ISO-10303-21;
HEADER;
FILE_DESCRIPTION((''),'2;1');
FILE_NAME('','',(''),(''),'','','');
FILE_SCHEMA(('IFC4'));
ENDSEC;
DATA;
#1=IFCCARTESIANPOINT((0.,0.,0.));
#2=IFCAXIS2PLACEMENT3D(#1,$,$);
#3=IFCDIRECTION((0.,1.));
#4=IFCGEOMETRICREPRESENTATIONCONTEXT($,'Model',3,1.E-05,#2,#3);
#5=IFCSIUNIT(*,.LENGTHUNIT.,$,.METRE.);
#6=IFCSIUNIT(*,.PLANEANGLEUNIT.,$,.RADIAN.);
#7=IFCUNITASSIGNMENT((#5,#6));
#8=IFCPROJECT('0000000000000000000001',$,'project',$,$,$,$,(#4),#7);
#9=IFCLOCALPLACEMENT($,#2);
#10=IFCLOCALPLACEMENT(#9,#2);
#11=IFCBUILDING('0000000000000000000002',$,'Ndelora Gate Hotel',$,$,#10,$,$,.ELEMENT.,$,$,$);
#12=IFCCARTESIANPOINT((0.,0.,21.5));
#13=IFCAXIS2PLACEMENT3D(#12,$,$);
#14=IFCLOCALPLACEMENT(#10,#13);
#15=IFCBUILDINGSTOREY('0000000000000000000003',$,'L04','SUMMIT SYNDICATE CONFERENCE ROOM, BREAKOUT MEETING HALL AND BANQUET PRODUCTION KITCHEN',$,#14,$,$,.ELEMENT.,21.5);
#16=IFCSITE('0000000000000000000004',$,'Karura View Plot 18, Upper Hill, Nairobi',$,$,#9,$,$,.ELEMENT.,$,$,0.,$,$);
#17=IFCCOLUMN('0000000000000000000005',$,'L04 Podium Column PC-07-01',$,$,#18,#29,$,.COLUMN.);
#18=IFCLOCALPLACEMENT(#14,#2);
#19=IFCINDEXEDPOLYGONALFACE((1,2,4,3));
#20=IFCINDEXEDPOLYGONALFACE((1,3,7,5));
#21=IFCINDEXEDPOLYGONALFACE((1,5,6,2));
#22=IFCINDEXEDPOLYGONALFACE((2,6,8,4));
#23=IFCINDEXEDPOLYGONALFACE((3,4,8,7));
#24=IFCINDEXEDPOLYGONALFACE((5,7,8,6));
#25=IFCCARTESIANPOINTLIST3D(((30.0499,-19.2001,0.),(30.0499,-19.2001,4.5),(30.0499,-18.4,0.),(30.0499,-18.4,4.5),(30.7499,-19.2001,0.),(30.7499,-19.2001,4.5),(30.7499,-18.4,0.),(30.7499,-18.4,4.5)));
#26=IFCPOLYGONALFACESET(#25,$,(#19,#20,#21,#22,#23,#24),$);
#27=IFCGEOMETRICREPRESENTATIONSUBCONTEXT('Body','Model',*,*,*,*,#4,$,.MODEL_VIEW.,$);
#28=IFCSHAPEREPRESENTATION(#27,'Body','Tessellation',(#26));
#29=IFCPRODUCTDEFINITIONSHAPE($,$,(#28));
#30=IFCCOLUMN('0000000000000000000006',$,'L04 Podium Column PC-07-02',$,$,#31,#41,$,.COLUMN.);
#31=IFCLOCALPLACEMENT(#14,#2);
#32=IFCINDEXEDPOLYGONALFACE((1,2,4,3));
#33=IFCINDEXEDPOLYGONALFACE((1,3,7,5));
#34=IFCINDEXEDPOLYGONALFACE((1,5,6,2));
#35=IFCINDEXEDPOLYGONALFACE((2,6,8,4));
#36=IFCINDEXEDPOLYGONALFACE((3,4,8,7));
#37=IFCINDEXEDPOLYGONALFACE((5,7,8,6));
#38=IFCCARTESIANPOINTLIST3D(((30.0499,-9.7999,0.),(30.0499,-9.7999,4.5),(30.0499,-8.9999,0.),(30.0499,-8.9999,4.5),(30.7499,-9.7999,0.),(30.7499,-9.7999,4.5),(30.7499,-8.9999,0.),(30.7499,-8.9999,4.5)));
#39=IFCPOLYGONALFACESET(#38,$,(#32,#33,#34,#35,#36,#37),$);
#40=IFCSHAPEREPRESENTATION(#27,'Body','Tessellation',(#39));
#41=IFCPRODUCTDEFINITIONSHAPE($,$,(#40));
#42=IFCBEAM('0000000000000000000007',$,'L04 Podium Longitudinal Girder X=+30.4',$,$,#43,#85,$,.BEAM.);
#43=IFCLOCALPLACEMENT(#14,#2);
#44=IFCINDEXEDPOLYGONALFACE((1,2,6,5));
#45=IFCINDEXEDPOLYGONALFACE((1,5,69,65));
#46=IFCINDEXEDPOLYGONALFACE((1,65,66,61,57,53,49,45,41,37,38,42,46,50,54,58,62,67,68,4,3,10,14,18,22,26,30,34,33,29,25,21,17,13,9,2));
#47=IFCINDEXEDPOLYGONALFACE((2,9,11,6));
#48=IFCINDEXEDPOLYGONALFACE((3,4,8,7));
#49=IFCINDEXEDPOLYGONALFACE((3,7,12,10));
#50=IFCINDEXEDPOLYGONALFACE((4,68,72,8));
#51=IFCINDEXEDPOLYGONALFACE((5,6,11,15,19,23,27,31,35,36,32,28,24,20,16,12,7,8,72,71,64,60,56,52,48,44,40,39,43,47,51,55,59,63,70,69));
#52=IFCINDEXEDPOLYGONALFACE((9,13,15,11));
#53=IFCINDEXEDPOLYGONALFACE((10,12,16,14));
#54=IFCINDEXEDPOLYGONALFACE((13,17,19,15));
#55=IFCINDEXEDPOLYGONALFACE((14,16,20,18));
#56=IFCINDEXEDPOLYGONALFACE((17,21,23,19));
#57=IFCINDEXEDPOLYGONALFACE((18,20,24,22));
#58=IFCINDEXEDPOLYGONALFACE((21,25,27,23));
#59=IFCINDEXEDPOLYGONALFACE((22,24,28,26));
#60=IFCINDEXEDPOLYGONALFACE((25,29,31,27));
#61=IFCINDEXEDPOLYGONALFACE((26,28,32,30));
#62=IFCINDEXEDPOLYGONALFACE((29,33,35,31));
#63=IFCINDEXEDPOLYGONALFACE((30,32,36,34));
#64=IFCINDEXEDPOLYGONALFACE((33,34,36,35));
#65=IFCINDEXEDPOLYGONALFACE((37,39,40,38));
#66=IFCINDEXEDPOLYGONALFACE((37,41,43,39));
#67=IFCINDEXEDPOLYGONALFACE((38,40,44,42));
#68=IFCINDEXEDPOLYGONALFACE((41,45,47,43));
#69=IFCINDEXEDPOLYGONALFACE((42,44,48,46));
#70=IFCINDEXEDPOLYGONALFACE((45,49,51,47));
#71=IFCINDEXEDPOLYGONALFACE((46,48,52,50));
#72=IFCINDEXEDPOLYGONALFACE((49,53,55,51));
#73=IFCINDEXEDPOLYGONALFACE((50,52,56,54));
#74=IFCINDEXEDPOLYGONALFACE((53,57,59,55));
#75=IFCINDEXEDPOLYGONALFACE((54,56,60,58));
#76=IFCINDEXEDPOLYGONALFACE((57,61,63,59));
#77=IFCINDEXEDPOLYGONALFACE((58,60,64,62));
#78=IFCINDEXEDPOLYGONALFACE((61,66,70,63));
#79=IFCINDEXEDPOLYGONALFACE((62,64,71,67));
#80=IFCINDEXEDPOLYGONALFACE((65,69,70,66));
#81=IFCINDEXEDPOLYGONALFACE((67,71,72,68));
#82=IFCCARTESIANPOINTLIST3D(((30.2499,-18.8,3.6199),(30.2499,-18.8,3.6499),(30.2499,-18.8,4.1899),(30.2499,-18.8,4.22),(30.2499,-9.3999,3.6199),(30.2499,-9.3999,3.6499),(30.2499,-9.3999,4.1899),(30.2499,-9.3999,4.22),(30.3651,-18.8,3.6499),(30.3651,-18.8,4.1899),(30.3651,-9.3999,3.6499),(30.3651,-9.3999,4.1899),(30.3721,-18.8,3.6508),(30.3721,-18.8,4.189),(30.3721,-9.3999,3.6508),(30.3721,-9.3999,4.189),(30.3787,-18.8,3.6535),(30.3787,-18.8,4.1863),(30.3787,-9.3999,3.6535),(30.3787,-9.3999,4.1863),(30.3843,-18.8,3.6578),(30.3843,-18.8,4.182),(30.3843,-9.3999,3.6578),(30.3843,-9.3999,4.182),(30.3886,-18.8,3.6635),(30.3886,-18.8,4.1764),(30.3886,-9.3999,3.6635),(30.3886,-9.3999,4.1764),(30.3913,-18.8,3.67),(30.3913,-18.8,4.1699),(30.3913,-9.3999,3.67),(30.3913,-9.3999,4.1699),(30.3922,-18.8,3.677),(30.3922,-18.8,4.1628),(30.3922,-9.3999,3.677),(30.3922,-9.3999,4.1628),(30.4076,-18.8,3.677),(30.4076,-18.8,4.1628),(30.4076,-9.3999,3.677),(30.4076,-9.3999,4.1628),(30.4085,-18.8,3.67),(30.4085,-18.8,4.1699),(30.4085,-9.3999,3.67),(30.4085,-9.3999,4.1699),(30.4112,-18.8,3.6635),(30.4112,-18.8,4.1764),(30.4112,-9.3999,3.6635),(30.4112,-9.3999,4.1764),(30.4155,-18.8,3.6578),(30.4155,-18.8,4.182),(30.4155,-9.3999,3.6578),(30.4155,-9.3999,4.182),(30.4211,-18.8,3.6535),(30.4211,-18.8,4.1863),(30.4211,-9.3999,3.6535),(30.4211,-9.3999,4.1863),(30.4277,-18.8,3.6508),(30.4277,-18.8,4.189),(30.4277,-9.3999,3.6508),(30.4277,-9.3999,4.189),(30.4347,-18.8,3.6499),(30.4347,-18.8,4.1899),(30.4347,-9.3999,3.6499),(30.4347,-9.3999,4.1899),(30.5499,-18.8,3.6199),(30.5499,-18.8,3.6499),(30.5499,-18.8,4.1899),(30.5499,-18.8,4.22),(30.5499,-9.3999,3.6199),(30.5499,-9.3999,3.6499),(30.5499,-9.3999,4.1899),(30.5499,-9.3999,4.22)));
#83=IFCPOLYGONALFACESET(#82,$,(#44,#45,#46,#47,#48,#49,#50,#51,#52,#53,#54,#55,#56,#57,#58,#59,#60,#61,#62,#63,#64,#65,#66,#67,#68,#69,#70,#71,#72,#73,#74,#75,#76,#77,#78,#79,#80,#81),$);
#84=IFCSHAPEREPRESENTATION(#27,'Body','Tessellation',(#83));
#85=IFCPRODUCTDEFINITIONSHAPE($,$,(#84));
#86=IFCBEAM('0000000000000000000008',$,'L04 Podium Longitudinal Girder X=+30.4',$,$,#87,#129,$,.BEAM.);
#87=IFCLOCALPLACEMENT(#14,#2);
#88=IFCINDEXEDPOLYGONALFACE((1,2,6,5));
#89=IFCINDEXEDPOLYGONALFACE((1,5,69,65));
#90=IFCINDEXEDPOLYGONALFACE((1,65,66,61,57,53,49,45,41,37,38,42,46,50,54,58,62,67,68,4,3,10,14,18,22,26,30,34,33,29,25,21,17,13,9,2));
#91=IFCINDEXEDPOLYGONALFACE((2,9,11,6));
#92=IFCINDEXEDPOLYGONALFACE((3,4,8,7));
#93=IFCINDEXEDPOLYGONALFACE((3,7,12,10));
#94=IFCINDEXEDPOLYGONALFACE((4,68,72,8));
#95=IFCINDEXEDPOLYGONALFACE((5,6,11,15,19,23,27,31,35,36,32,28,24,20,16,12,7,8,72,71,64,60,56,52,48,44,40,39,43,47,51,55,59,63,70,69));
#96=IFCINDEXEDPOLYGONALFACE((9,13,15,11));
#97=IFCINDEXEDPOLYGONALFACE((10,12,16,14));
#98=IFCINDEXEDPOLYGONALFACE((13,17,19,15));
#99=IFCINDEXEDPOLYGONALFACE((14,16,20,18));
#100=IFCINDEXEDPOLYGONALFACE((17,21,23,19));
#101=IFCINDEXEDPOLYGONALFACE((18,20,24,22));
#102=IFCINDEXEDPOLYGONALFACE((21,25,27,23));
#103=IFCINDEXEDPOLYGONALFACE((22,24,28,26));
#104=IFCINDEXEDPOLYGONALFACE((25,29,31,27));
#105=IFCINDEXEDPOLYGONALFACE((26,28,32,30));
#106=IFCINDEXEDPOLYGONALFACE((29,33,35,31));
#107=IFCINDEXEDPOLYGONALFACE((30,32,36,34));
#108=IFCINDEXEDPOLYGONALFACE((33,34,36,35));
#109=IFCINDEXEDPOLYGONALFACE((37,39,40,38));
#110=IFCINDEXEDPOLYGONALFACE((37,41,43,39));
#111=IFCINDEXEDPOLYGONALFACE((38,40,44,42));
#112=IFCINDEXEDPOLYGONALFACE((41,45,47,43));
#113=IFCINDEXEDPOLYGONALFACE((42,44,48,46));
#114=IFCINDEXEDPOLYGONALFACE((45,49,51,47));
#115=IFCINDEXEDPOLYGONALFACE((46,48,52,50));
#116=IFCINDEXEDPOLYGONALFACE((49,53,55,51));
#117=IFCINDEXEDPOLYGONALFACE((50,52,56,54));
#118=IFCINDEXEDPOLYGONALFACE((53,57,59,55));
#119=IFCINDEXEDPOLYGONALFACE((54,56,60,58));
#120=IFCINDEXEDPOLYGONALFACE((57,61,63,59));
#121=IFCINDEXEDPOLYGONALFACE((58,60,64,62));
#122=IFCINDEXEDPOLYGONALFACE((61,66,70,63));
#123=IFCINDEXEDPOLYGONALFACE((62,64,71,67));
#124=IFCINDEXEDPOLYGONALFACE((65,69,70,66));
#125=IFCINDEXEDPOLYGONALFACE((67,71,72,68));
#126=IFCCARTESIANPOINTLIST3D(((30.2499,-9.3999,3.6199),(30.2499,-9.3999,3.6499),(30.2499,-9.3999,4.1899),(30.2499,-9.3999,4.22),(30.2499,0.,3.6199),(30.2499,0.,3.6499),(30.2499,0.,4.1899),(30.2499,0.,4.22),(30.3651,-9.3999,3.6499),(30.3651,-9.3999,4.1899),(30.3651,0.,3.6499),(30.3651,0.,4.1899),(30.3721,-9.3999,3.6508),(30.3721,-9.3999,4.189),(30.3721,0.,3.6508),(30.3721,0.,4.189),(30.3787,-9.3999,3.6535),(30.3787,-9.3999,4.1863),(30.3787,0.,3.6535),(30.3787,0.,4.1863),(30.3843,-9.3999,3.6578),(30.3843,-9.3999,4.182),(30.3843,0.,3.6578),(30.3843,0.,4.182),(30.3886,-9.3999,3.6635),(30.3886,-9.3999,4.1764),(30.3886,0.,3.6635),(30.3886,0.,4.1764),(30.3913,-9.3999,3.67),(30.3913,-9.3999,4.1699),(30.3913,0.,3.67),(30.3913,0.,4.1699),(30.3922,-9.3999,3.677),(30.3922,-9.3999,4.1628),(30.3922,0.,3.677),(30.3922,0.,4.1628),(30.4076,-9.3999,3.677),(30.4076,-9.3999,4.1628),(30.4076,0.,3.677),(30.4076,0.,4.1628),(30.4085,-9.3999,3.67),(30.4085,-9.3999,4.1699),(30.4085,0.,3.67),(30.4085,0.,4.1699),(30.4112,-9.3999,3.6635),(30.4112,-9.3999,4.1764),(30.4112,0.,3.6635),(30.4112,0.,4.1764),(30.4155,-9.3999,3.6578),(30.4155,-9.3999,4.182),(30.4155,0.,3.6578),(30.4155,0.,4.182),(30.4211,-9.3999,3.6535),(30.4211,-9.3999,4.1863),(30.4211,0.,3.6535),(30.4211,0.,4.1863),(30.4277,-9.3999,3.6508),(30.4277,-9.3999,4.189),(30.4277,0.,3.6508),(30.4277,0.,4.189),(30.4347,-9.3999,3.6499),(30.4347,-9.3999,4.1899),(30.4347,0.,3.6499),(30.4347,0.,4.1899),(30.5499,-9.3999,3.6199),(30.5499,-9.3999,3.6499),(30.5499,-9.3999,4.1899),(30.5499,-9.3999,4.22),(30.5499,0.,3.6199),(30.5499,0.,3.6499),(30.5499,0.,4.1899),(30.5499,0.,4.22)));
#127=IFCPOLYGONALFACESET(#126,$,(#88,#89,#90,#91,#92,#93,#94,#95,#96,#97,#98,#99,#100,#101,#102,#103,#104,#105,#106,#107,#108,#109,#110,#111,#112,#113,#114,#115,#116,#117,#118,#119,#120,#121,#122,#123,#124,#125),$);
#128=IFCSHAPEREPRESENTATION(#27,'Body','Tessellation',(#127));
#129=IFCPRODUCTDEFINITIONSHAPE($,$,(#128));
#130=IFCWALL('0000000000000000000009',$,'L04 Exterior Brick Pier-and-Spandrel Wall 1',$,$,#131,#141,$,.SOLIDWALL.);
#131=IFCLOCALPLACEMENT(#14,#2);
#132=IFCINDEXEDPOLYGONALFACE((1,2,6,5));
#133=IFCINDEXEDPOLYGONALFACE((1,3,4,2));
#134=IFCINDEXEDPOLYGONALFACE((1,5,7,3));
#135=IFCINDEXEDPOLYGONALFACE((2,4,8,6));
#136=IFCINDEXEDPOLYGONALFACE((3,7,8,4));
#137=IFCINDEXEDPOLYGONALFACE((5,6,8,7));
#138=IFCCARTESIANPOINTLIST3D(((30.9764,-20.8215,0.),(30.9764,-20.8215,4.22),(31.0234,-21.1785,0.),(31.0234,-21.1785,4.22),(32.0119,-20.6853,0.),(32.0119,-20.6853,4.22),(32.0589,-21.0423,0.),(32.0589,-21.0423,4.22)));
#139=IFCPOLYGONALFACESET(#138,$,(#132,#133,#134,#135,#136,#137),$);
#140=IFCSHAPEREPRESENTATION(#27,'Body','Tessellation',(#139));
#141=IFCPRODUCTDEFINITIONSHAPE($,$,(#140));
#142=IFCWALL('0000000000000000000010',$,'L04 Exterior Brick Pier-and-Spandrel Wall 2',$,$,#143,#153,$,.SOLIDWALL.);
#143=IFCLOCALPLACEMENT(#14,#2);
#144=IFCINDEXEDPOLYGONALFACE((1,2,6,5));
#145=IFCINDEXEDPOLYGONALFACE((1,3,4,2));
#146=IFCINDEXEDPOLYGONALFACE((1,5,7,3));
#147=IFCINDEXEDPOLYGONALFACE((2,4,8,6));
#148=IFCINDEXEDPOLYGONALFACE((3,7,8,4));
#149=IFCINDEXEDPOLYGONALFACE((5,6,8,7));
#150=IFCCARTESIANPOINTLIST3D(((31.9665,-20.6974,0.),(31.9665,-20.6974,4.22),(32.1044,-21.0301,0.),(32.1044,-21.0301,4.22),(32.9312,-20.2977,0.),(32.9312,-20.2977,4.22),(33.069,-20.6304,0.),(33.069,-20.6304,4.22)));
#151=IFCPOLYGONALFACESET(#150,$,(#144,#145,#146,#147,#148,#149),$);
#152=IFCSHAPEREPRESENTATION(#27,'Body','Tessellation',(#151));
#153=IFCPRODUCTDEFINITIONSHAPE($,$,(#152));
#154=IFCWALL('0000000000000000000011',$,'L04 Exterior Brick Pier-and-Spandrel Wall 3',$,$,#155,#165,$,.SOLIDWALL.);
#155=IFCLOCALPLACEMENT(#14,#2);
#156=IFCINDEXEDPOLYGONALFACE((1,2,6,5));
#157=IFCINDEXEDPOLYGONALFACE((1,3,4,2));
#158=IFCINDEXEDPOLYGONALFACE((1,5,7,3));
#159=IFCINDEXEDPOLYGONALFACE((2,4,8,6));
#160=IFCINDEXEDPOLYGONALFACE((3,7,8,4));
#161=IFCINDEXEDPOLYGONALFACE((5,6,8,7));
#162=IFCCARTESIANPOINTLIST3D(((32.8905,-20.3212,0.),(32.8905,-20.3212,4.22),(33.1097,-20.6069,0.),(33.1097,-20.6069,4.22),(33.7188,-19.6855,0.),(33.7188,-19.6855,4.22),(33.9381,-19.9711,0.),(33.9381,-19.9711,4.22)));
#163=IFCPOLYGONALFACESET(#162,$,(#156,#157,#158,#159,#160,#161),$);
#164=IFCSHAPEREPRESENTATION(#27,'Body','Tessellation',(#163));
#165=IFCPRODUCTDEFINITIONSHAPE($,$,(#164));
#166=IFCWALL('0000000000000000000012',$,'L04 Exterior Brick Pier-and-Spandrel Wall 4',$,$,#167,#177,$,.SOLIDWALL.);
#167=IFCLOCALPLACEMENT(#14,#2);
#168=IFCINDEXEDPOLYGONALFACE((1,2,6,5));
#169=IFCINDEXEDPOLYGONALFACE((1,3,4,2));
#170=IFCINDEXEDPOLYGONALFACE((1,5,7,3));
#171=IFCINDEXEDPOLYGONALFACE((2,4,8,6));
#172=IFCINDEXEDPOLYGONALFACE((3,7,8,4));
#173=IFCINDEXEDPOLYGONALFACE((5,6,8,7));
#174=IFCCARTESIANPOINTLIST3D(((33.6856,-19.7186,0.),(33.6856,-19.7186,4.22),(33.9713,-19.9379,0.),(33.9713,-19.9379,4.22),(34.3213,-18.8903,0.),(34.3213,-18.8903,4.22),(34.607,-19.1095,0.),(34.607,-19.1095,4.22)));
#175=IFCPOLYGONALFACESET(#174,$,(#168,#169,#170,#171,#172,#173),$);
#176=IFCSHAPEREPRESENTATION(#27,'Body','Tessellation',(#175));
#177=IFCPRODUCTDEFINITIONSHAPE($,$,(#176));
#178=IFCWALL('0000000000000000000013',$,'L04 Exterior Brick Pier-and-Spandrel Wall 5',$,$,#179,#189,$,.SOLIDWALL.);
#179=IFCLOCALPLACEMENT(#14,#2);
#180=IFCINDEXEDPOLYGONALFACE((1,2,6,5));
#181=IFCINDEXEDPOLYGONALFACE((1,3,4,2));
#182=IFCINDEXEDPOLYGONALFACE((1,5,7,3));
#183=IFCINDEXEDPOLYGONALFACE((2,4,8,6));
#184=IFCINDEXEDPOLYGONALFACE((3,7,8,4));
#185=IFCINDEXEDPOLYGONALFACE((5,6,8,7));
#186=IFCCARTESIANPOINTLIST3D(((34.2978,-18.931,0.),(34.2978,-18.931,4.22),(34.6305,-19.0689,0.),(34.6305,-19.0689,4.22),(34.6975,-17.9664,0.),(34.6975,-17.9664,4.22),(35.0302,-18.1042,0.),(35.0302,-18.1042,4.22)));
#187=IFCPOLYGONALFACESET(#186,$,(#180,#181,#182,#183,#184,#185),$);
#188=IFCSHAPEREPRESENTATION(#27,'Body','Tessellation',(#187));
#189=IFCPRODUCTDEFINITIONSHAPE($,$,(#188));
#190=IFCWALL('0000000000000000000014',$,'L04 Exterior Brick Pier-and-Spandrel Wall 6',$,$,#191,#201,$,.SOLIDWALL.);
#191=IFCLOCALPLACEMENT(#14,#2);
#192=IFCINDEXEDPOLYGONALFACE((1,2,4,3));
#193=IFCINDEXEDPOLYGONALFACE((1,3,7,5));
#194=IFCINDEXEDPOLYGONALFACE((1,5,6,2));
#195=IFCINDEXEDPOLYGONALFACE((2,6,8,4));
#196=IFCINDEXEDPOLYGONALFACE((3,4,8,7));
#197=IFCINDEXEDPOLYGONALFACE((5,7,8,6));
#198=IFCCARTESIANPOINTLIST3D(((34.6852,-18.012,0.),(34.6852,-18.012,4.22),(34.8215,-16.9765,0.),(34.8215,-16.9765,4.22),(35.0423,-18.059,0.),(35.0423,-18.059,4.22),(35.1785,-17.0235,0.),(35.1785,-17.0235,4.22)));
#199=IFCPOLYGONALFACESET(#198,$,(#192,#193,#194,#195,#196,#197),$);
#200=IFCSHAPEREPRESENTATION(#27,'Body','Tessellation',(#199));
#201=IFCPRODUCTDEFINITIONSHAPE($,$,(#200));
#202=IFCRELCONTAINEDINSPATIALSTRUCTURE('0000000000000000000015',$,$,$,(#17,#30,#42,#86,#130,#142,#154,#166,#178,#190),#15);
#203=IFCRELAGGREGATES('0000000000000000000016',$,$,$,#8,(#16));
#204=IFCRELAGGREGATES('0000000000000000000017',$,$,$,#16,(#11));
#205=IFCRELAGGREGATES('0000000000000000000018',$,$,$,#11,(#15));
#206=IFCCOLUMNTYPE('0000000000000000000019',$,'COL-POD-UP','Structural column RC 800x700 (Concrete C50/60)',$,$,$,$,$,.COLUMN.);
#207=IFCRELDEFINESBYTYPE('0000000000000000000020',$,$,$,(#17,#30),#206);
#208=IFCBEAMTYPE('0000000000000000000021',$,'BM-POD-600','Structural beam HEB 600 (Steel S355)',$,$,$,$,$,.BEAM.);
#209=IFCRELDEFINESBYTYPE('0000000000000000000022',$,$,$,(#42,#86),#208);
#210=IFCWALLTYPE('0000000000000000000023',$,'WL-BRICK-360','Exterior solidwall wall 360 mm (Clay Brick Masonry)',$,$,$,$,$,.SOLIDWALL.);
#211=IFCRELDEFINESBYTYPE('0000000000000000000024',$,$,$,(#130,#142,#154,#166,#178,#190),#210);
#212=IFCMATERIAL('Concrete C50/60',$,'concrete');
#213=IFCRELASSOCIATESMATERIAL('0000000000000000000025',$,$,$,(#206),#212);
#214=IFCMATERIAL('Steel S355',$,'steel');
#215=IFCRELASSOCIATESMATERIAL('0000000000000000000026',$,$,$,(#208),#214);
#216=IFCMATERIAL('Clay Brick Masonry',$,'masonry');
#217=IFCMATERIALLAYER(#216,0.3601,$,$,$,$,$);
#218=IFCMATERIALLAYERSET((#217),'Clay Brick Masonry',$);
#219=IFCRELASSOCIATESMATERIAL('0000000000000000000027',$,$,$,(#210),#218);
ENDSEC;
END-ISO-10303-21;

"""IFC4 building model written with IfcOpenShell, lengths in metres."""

from ifc_helpers import new_model, si_unit, direction, frame, frame_2d, origin, origin_2d, place, context, subcontext, project, spatial, rectangle, i_section, extrude, material, layer, layer_set, material_profile, profile_set, type_object, element, save


model = new_model("IFC4")

# Units and contexts
model_context = context("Model", 3, precision=1e-05, world=origin(), true_north=direction((0.0, 1.0)))
body_context = subcontext(model_context, "Body", "Model", "MODEL_VIEW")
ifc_project = project(units=[si_unit("LENGTHUNIT", "METRE"), si_unit("PLANEANGLEUNIT", "RADIAN")], contexts=[model_context])

# Site, building, storey
site_placement = place(None, origin())
site = spatial("IfcSite", under=ifc_project, at=site_placement, Name="Karura View Plot 18, Upper Hill, Nairobi", CompositionType="ELEMENT", RefElevation=0.0)
building_placement = place(site_placement, origin())
building = spatial("IfcBuilding", under=site, at=building_placement, Name="Ndelora Gate Hotel", CompositionType="ELEMENT")
storey_placement = place(building_placement, frame((0.0, 0.0, 21.5)))
storey = spatial("IfcBuildingStorey", under=building, at=storey_placement, Name="L04", Description="SUMMIT SYNDICATE CONFERENCE ROOM, BREAKOUT MEETING HALL AND BANQUET PRODUCTION KITCHEN", CompositionType="ELEMENT", Elevation=21.5)

# Columns
ifc_material_1 = material(Name="Concrete C50/60", Category="concrete")
ifc_material_profile_1 = material_profile(ifc_material_1, rectangle(XDim=0.7, YDim=0.8, at=origin_2d()), Name="RC 800x700")
ifc_profile_set_1 = profile_set([ifc_material_profile_1], Name="Concrete C50/60")
column_type = type_object("IfcColumnType", Name="COL-POD-UP", Description="Structural column RC 800x700 (Concrete C50/60)", PredefinedType="COLUMN", material=ifc_profile_set_1)
for number, where, z_axis, x_axis, name in (
    (1, (30.3999, -18.8, 0.0), (0.0, 0.0, 1.0), (1.0, 0.0, 0.0), "L04 Podium Column PC-07-01"),
    (2, (30.3999, -9.3999, 0.0), (0.0, 0.0, 1.0), (1.0, 0.0, 0.0), "L04 Podium Column PC-07-02"),
):
    element("IfcColumn", number, at=place(storey_placement, frame(where, z_axis=z_axis, x_axis=x_axis)), inside=storey, type_object=column_type, Name=name, PredefinedType="COLUMN", context=body_context, shape_type="SweptSolid", body=[
        extrude(rectangle(XDim=0.7, YDim=0.8, at=origin_2d()), origin(), (0.0, 0.0, 1.0), 4.5),
    ])

# Beams
ifc_material_2 = material(Name="Steel S355", Category="steel")
ifc_material_profile_2 = material_profile(ifc_material_2, i_section(OverallWidth=0.3, OverallDepth=0.6001, WebThickness=0.0154, FlangeThickness=0.03, FilletRadius=0.0271, at=origin_2d()), Name="HEB 600")
ifc_profile_set_2 = profile_set([ifc_material_profile_2], Name="Steel S355")
beam_type = type_object("IfcBeamType", Name="BM-POD-600", Description="Structural beam HEB 600 (Steel S355)", PredefinedType="BEAM", material=ifc_profile_set_2)
beam_1_placement = place(storey_placement, frame((30.3999, -18.8, 3.9199), z_axis=(0.0, 1.0, 0.0), x_axis=(-1.0, 0.0, 0.0)))
element("IfcBeam", 3, at=beam_1_placement, inside=storey, type_object=beam_type, Name="L04 Podium Longitudinal Girder X=+30.4", PredefinedType="BEAM", context=body_context, shape_type="SweptSolid", body=[
    extrude(i_section(OverallWidth=0.3, OverallDepth=0.6001, WebThickness=0.0154, FlangeThickness=0.03, FilletRadius=0.0271, at=origin_2d()), origin(), (0.0, 0.0, 1.0), 9.4001),
])
beam_2_placement = place(storey_placement, frame((30.3999, -9.3999, 3.9199), z_axis=(0.0, 1.0, 0.0), x_axis=(-1.0, 0.0, 0.0)))
element("IfcBeam", 4, at=beam_2_placement, inside=storey, type_object=beam_type, Name="L04 Podium Longitudinal Girder X=+30.4", PredefinedType="BEAM", context=body_context, shape_type="SweptSolid", body=[
    extrude(i_section(OverallWidth=0.3, OverallDepth=0.6001, WebThickness=0.0154, FlangeThickness=0.03, FilletRadius=0.0271, at=origin_2d()), origin(), (0.0, 0.0, 1.0), 9.3999),
])

# Walls
ifc_material_3 = material(Name="Clay Brick Masonry", Category="masonry")
ifc_layer_1 = layer(ifc_material_3, 0.3601)
ifc_layer_set_1 = layer_set([ifc_layer_1], Name="Clay Brick Masonry")
wall_type_1 = type_object("IfcWallType", Name="WL-BRICK-360", Description="Exterior solidwall wall 360 mm (Clay Brick Masonry)", PredefinedType="SOLIDWALL", material=ifc_layer_set_1)
wall_1_placement = place(storey_placement, frame((32.0354, -20.8638, 0.0), z_axis=(0.0, 0.0, 1.0), x_axis=(-0.991455, -0.130448, 0.0)))
element("IfcWall", 5, at=wall_1_placement, inside=storey, type_object=wall_type_1, Name="L04 Exterior Brick Pier-and-Spandrel Wall 1", PredefinedType="SOLIDWALL", context=body_context, shape_type="SweptSolid", body=[
    extrude(rectangle(XDim=1.0444, YDim=0.3601, at=frame_2d((0.5222, 0.0))), origin(), (0.0, 0.0, 1.0), 4.22),
])
for number, where, z_axis, x_axis, name in (
    (6, (33.0, -20.4641, 0.0), (0.0, 0.0, 1.0), (-0.923843, -0.382772, 0.0), "L04 Exterior Brick Pier-and-Spandrel Wall 2"),
    (7, (33.8284, -19.8284, 0.0), (0.0, 0.0, 1.0), (-0.793301, -0.608829, 0.0), "L04 Exterior Brick Pier-and-Spandrel Wall 3"),
    (8, (34.4641, -19.0, 0.0), (0.0, 0.0, 1.0), (-0.608829, -0.793301, 0.0), "L04 Exterior Brick Pier-and-Spandrel Wall 4"),
    (9, (34.8638, -18.0354, 0.0), (0.0, 0.0, 1.0), (-0.382772, -0.923843, 0.0), "L04 Exterior Brick Pier-and-Spandrel Wall 5"),
):
    element("IfcWall", number, at=place(storey_placement, frame(where, z_axis=z_axis, x_axis=x_axis)), inside=storey, type_object=wall_type_1, Name=name, PredefinedType="SOLIDWALL", context=body_context, shape_type="SweptSolid", body=[
        extrude(rectangle(XDim=1.0442, YDim=0.3601, at=frame_2d((0.522, 0.0))), origin(), (0.0, 0.0, 1.0), 4.22),
    ])
wall_2_placement = place(storey_placement, frame((35.0, -17.0, 0.0), z_axis=(0.0, 0.0, 1.0), x_axis=(-0.130448, -0.991455, 0.0)))
element("IfcWall", 10, at=wall_2_placement, inside=storey, type_object=wall_type_1, Name="L04 Exterior Brick Pier-and-Spandrel Wall 6", PredefinedType="SOLIDWALL", context=body_context, shape_type="SweptSolid", body=[
    extrude(rectangle(XDim=1.0444, YDim=0.3601, at=frame_2d((0.5222, 0.0))), origin(), (0.0, 0.0, 1.0), 4.22),
])

save(model, "model.ifc")
